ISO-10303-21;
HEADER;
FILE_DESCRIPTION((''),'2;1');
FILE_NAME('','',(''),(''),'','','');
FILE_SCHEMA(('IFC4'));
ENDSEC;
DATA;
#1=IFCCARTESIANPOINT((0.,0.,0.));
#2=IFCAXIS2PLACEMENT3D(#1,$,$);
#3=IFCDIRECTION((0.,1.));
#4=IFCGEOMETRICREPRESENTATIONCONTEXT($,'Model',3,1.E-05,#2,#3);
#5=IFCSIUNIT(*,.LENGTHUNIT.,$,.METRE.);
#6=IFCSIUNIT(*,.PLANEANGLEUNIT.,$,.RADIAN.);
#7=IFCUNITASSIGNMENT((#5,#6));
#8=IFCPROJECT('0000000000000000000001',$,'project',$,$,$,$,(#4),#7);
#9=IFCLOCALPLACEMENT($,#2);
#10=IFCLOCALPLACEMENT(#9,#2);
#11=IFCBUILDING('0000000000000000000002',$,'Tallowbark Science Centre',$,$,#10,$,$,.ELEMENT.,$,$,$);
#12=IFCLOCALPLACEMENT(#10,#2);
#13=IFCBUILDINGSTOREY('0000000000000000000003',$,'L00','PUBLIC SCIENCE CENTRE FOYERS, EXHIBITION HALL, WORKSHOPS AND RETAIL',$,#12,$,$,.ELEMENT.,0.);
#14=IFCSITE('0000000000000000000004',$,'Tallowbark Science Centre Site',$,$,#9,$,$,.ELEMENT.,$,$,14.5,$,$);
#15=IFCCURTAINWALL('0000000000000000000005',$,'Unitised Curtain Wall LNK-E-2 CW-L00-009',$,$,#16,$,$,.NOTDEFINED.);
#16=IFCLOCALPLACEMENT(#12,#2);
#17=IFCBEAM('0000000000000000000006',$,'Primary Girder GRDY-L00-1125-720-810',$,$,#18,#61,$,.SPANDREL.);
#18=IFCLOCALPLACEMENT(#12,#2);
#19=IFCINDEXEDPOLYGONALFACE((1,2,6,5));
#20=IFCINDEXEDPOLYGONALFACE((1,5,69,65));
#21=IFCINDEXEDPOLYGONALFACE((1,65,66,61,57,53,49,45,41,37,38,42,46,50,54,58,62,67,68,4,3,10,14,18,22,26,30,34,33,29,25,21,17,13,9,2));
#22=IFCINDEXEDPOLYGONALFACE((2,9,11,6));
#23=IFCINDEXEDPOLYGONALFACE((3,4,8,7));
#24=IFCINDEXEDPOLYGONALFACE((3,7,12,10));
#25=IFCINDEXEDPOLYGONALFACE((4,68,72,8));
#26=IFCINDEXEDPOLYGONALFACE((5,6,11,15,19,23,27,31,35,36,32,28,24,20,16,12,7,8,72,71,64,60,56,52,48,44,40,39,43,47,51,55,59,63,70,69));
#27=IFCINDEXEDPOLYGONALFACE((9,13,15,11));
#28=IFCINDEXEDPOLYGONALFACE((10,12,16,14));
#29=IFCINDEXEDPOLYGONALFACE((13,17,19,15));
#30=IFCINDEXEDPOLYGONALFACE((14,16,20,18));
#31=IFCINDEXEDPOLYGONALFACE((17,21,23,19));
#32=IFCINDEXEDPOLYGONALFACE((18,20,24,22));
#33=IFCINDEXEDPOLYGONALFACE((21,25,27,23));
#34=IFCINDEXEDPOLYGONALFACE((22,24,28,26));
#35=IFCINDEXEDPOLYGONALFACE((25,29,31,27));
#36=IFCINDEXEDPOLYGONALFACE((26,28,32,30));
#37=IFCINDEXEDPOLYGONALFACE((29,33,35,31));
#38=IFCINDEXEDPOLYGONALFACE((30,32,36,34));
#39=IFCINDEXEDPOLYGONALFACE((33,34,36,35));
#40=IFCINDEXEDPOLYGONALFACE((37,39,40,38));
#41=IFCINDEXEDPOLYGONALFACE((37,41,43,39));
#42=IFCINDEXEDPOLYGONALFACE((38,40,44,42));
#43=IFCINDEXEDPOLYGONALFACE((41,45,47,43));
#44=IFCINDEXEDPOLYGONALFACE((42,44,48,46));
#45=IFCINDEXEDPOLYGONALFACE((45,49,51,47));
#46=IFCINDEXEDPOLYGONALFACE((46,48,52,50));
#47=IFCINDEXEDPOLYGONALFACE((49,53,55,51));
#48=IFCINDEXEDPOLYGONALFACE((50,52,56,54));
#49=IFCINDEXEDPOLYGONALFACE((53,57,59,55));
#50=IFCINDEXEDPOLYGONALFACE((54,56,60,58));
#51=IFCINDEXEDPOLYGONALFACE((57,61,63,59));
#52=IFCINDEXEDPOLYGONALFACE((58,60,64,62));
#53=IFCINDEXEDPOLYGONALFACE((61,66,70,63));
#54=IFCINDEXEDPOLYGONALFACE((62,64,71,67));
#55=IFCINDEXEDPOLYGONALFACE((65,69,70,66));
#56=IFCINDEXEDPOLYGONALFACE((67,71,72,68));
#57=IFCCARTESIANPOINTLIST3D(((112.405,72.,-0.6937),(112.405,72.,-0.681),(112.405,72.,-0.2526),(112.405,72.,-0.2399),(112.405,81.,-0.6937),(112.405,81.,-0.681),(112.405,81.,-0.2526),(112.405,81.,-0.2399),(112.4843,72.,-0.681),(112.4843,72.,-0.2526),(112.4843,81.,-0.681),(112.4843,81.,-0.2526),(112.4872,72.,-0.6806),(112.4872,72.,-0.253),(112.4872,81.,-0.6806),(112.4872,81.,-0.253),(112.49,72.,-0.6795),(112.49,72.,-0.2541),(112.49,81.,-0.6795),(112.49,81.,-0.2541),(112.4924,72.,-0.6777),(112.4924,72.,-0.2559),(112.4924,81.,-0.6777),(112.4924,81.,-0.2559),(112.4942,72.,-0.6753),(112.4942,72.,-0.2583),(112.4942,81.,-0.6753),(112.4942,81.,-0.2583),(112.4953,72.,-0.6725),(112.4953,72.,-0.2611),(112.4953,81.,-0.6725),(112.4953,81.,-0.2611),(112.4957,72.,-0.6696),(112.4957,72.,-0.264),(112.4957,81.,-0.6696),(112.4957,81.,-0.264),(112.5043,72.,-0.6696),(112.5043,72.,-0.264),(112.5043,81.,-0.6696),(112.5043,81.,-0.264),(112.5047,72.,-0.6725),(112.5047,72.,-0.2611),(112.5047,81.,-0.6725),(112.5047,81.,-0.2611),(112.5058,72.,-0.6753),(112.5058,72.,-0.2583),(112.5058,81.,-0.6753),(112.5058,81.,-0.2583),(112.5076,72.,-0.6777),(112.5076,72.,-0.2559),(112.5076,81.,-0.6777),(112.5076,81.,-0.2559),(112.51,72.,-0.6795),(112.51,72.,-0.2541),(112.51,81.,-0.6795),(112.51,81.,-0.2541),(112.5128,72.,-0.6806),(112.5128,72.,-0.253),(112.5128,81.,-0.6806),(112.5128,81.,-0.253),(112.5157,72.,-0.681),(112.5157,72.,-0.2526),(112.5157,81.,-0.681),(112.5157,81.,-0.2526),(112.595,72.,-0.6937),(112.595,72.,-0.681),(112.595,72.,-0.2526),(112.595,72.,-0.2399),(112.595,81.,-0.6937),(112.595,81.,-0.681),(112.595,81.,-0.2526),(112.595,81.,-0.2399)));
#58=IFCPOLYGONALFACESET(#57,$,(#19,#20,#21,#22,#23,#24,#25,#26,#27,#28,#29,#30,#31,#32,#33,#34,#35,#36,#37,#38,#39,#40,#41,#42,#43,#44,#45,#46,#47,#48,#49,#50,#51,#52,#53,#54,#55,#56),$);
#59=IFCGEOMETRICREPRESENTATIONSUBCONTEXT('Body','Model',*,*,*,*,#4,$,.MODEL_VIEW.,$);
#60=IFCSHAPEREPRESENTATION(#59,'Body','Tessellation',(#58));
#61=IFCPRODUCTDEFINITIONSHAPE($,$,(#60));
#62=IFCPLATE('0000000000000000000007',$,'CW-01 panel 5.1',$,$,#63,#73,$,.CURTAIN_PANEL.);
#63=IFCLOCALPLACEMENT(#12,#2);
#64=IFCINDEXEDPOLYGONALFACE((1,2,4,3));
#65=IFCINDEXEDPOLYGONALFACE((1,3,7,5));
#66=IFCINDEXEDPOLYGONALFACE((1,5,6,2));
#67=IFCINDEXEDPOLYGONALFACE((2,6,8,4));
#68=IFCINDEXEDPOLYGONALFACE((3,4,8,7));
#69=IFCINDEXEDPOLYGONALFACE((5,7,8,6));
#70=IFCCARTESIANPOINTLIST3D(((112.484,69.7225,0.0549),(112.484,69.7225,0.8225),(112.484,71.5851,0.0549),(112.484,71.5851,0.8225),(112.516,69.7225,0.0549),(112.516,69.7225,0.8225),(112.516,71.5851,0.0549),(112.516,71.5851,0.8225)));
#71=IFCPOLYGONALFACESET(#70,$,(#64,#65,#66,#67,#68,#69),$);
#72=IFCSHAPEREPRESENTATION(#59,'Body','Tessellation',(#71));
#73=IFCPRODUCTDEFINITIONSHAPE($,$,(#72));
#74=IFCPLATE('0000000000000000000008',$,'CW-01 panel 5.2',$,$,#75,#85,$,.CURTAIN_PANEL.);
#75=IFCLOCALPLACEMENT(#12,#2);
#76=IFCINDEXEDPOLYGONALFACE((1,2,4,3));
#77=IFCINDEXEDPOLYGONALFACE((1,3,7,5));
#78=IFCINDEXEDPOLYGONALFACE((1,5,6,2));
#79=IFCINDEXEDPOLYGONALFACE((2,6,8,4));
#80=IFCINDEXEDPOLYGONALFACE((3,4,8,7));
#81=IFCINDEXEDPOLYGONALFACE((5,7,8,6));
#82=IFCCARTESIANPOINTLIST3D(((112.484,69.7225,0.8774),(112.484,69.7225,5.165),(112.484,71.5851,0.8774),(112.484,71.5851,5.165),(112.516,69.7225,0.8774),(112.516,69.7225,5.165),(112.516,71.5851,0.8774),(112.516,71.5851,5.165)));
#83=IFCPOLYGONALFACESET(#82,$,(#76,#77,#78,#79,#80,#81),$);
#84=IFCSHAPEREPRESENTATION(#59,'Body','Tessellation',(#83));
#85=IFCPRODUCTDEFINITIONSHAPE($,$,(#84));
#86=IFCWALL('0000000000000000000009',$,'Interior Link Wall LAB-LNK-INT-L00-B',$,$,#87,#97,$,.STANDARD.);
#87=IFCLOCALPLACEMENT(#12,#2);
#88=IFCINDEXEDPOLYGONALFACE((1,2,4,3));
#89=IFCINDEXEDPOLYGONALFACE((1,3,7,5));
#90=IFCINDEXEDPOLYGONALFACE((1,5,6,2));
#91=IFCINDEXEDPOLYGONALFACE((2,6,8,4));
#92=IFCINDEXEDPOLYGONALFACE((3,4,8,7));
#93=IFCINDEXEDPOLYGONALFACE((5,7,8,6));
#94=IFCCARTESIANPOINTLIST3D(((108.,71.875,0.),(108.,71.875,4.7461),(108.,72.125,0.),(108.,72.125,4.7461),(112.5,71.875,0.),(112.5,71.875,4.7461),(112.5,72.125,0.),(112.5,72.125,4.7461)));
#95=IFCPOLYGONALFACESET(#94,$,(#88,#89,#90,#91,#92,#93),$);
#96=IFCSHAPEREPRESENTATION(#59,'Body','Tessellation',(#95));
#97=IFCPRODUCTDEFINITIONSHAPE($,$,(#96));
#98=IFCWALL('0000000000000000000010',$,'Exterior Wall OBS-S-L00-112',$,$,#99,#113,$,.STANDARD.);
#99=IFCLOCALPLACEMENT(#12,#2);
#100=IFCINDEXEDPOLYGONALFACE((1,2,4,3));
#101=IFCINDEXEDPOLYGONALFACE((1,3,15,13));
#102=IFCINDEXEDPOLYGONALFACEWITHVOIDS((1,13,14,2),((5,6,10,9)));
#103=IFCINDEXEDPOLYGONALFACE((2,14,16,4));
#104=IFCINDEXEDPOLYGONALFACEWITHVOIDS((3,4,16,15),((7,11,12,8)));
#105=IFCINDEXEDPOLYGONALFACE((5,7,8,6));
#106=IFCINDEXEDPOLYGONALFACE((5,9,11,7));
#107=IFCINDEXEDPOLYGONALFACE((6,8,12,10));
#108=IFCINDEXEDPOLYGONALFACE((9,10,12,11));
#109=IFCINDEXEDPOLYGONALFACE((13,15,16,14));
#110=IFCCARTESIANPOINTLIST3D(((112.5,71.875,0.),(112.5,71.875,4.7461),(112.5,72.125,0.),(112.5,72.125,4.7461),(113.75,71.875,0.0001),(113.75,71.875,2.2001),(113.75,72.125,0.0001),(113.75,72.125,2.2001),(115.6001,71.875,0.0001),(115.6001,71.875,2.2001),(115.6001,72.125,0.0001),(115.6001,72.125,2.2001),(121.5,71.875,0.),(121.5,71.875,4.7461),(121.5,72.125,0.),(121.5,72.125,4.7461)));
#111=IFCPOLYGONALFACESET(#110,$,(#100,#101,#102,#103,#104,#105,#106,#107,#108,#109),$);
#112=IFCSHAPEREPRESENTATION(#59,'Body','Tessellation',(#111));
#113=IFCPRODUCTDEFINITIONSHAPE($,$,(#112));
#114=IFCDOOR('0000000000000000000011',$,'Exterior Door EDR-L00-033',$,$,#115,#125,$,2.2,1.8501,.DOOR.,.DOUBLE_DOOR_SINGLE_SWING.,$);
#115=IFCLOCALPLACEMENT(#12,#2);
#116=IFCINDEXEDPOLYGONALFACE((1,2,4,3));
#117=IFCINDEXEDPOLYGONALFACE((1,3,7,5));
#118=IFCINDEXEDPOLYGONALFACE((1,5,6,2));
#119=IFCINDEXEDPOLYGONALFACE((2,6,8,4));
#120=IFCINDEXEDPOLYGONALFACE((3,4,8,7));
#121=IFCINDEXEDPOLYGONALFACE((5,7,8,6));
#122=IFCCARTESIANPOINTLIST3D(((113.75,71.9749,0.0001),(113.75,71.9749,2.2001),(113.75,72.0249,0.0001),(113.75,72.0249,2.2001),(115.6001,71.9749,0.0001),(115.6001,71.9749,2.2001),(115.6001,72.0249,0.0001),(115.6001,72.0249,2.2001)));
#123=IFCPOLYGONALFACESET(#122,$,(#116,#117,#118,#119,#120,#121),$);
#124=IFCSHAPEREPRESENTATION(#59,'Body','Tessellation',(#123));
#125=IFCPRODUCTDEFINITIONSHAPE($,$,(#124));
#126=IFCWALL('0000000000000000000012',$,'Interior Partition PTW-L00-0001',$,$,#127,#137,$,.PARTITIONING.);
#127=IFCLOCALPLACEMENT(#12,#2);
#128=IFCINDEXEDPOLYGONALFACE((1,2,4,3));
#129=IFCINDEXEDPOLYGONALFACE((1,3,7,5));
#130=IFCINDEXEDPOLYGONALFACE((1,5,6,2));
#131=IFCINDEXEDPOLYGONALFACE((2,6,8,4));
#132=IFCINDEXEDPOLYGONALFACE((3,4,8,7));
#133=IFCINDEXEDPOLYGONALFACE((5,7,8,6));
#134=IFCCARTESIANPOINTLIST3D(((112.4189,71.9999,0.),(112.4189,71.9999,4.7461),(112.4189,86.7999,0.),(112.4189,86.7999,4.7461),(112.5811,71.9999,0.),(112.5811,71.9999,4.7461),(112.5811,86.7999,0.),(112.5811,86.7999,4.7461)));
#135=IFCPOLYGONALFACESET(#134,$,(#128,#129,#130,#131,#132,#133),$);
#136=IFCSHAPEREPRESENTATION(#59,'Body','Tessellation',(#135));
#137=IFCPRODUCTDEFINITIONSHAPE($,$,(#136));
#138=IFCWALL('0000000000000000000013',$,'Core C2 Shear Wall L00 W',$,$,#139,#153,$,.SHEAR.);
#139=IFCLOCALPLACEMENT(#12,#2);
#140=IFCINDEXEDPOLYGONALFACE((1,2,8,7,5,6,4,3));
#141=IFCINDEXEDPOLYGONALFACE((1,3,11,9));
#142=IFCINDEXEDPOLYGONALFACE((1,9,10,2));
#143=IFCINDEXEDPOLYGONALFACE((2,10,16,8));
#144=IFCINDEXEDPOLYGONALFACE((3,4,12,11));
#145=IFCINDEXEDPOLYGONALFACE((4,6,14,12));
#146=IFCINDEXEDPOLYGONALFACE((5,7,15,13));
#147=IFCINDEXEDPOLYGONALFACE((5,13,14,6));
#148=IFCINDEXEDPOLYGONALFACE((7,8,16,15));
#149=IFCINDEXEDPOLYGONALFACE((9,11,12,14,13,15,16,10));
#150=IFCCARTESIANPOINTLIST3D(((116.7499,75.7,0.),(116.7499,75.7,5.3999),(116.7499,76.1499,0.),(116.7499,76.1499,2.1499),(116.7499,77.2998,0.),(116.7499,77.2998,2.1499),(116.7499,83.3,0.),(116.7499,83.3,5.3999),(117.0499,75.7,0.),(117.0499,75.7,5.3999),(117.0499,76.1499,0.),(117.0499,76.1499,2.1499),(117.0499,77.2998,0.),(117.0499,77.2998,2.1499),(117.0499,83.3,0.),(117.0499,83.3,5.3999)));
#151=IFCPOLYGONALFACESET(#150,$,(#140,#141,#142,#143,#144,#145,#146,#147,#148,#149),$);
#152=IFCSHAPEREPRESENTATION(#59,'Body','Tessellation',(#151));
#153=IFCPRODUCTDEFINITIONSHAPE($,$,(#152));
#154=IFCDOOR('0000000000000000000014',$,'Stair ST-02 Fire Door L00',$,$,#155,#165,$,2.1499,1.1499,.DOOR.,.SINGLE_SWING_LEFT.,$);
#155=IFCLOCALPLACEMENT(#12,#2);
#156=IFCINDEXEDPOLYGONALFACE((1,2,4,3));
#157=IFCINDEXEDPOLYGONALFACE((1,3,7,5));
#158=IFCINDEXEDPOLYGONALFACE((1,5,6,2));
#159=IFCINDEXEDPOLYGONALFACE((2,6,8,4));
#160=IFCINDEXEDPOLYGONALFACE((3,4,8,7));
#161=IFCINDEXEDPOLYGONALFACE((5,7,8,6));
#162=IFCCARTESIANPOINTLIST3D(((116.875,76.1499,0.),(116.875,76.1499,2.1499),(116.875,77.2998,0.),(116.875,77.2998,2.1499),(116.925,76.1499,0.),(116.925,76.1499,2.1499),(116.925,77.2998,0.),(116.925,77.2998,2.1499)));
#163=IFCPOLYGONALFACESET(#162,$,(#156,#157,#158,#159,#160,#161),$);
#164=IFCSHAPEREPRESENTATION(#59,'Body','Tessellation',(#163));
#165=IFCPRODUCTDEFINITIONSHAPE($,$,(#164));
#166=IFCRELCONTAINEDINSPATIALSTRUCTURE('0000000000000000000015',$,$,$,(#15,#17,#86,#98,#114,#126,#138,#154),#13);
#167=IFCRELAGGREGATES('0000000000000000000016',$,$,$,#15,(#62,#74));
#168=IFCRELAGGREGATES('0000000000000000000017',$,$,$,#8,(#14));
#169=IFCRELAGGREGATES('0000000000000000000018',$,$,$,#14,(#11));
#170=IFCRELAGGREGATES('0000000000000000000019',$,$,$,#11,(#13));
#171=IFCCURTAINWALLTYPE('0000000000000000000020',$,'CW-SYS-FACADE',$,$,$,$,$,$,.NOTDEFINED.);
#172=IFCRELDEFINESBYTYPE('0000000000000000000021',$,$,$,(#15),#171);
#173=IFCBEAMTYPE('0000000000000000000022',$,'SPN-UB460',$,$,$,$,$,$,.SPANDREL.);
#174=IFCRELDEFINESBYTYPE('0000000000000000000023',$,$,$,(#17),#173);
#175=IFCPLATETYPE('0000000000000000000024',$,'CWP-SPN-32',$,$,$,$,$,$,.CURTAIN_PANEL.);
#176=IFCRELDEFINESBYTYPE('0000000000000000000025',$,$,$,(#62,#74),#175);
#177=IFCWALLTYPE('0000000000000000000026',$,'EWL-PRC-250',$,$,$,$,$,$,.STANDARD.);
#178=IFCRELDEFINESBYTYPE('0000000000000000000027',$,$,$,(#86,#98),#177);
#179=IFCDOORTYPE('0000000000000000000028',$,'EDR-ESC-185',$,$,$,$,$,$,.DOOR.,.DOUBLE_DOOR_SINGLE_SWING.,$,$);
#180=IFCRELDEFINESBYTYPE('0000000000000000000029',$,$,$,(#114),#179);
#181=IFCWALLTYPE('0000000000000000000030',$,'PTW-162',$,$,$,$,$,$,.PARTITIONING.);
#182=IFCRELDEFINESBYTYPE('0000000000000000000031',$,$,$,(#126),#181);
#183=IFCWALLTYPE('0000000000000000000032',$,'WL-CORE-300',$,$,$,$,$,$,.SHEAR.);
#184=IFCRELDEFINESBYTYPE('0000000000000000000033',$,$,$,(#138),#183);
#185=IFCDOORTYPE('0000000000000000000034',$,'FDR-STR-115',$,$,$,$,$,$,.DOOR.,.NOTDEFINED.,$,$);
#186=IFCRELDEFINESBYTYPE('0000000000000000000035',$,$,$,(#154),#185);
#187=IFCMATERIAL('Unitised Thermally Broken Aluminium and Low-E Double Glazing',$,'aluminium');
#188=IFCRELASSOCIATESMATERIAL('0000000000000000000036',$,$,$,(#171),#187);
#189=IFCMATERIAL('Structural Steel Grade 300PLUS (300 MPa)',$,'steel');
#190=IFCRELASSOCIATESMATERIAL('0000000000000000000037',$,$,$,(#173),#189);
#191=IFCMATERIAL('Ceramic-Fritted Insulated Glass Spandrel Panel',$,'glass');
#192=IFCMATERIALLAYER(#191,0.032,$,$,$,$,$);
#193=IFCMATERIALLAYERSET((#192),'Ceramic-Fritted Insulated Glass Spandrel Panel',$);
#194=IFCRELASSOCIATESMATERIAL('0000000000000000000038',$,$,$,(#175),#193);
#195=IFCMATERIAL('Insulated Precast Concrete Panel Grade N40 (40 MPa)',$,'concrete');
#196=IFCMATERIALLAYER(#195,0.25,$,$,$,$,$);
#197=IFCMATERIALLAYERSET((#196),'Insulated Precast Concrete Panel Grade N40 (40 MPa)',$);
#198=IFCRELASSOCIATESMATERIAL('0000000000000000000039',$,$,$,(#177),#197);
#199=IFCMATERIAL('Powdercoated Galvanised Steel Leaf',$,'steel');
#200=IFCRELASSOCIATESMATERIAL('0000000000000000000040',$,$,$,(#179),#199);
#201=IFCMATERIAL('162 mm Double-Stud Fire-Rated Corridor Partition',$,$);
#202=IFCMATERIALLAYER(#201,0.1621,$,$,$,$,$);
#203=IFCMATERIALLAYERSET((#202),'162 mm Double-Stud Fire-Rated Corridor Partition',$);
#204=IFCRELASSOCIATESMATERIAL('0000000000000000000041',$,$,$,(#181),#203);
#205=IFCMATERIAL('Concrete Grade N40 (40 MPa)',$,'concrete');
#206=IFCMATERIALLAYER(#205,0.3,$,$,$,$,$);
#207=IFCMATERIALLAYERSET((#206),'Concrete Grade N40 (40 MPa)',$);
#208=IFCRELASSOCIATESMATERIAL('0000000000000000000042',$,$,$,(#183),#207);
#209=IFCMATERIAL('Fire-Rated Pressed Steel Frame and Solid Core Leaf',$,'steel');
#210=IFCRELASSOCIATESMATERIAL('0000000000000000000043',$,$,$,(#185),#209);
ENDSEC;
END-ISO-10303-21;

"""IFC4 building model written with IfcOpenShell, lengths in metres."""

from ifc_helpers import new_model, si_unit, direction, frame, frame_2d, origin, origin_2d, place, context, subcontext, project, spatial, rectangle, i_section, extrude, material, layer, layer_set, material_profile, profile_set, type_object, element, fill, aggregate, save


model = new_model("IFC4")

# Units and contexts
model_context = context("Model", 3, precision=1e-05, world=origin(), true_north=direction((0.0, 1.0)))
body_context = subcontext(model_context, "Body", "Model", "MODEL_VIEW")
ifc_project = project(units=[si_unit("LENGTHUNIT", "METRE"), si_unit("PLANEANGLEUNIT", "RADIAN")], contexts=[model_context])

# Site, building, storey
site_placement = place(None, origin())
site = spatial("IfcSite", under=ifc_project, at=site_placement, Name="Tallowbark Science Centre Site", CompositionType="ELEMENT", RefElevation=14.5)
building_placement = place(site_placement, origin())
building = spatial("IfcBuilding", under=site, at=building_placement, Name="Tallowbark Science Centre", CompositionType="ELEMENT")
storey_placement = place(building_placement, origin())
storey = spatial("IfcBuildingStorey", under=building, at=storey_placement, Name="L00", Description="PUBLIC SCIENCE CENTRE FOYERS, EXHIBITION HALL, WORKSHOPS AND RETAIL", CompositionType="ELEMENT", Elevation=0.0)

# Shared definitions
ifc_material_1 = material(Name="Structural Steel Grade 300PLUS (300 MPa)", Category="steel")

# Curtain wall
ifc_material_2 = material(Name="Unitised Thermally Broken Aluminium and Low-E Double Glazing", Category="aluminium")
curtain_wall_type = type_object("IfcCurtainWallType", Name="CW-SYS-FACADE", PredefinedType="NOTDEFINED", material=ifc_material_2)
curtain_wall_placement = place(storey_placement, origin())
curtain_wall = element("IfcCurtainWall", 1, at=curtain_wall_placement, inside=storey, type_object=curtain_wall_type, Name="Unitised Curtain Wall LNK-E-2 CW-L00-009", PredefinedType="NOTDEFINED")

# Beam
ifc_material_profile_1 = material_profile(ifc_material_1, i_section(OverallWidth=0.1899, OverallDepth=0.4539, WebThickness=0.0085, FlangeThickness=0.0127, FilletRadius=0.0115, at=origin_2d()), Name="460UB67.1")
ifc_profile_set_1 = profile_set([ifc_material_profile_1], Name="Structural Steel Grade 300PLUS (300 MPa)")
beam_type_1 = type_object("IfcBeamType", Name="SPN-UB460", PredefinedType="SPANDREL", material=ifc_profile_set_1)
for number, where, z_axis, x_axis, name in (
    (2, (112.5, 72.0, -0.4668), (0.0, 1.0, 0.0), (-1.0, 0.0, 0.0), "Primary Girder GRDY-L00-1125-720-810"),
):
    element("IfcBeam", number, at=place(storey_placement, frame(where, z_axis=z_axis, x_axis=x_axis)), inside=storey, type_object=beam_type_1, Name=name, PredefinedType="SPANDREL", context=body_context, shape_type="SweptSolid", body=[
        extrude(i_section(OverallWidth=0.1899, OverallDepth=0.4539, WebThickness=0.0085, FlangeThickness=0.0127, FilletRadius=0.0115, at=origin_2d()), origin(), (0.0, 0.0, 1.0), 9.0),
    ])

# Plates
ifc_material_3 = material(Name="Ceramic-Fritted Insulated Glass Spandrel Panel", Category="glass")
ifc_layer_1 = layer(ifc_material_3, 0.032)
ifc_layer_set_1 = layer_set([ifc_layer_1], Name="Ceramic-Fritted Insulated Glass Spandrel Panel")
plate_type = type_object("IfcPlateType", Name="CWP-SPN-32", PredefinedType="CURTAIN_PANEL", material=ifc_layer_set_1)
plate_1_placement = place(storey_placement, frame((112.5, 70.6538, 0.0549), z_axis=(0.0, 0.0, 1.0), x_axis=(0.0, 1.0, 0.0)))
plate_1 = element("IfcPlate", 3, at=plate_1_placement, type_object=plate_type, Name="CW-01 panel 5.1", PredefinedType="CURTAIN_PANEL", context=body_context, shape_type="SweptSolid", body=[
    extrude(rectangle(XDim=1.8625, YDim=0.032, at=origin_2d()), origin(), (0.0, 0.0, 1.0), 0.7676),
])
plate_2_placement = place(storey_placement, frame((112.5, 70.6538, 0.8774), z_axis=(0.0, 0.0, 1.0), x_axis=(0.0, 1.0, 0.0)))
plate_2 = element("IfcPlate", 4, at=plate_2_placement, type_object=plate_type, Name="CW-01 panel 5.2", PredefinedType="CURTAIN_PANEL", context=body_context, shape_type="SweptSolid", body=[
    extrude(rectangle(XDim=1.8625, YDim=0.032, at=origin_2d()), origin(), (0.0, 0.0, 1.0), 4.2876),
])
aggregate(curtain_wall, [plate_1, plate_2])

# Wall
ifc_material_4 = material(Name="Insulated Precast Concrete Panel Grade N40 (40 MPa)", Category="concrete")
ifc_layer_2 = layer(ifc_material_4, 0.25)
ifc_layer_set_2 = layer_set([ifc_layer_2], Name="Insulated Precast Concrete Panel Grade N40 (40 MPa)")
wall_type_1 = type_object("IfcWallType", Name="EWL-PRC-250", PredefinedType="STANDARD", material=ifc_layer_set_2)
wall_1_placement = place(storey_placement, frame((108.0, 72.0, 0.0), z_axis=(0.0, 0.0, 1.0), x_axis=(1.0, 0.0, 0.0)))
element("IfcWall", 5, at=wall_1_placement, inside=storey, type_object=wall_type_1, Name="Interior Link Wall LAB-LNK-INT-L00-B", PredefinedType="STANDARD", context=body_context, shape_type="SweptSolid", body=[
    extrude(rectangle(XDim=4.5, YDim=0.25, at=frame_2d((2.25, 0.0))), origin(), (0.0, 0.0, 1.0), 4.7461),
])

# Wall, opening, door
wall_2_placement = place(storey_placement, frame((112.5, 72.0, 0.0), z_axis=(0.0, 0.0, 1.0), x_axis=(1.0, 0.0, 0.0)))
wall_2 = element("IfcWall", 6, at=wall_2_placement, inside=storey, type_object=wall_type_1, Name="Exterior Wall OBS-S-L00-112", PredefinedType="STANDARD", context=body_context, shape_type="SweptSolid", body=[
    extrude(rectangle(XDim=9.0, YDim=0.25, at=frame_2d((4.5, 0.0))), origin(), (0.0, 0.0, 1.0), 4.7461),
])
opening_1_placement = place(wall_2_placement, frame((1.25, 0.0, 0.0)))
opening_1 = element("IfcOpeningElement", 7, at=opening_1_placement, cuts=wall_2, PredefinedType="OPENING", context=body_context, shape_type="SweptSolid", body=[
    extrude(rectangle(XDim=1.8501, YDim=2.2, at=frame_2d((0.925, 1.1001))), frame((0.0, 0.135, 0.0), z_axis=(0.0, -1.0, 0.0), x_axis=(1.0, 0.0, 0.0)), (0.0, 0.0, 1.0), 0.27),
])
ifc_material_5 = material(Name="Powdercoated Galvanised Steel Leaf", Category="steel")
door_type_1 = type_object("IfcDoorType", Name="EDR-ESC-185", OperationType="DOUBLE_DOOR_SINGLE_SWING", PredefinedType="DOOR", material=ifc_material_5)
door_1_placement = place(opening_1_placement, origin())
door_1 = element("IfcDoor", 8, at=door_1_placement, inside=storey, type_object=door_type_1, Name="Exterior Door EDR-L00-033", OperationType="DOUBLE_DOOR_SINGLE_SWING", OverallHeight=2.2, OverallWidth=1.8501, PredefinedType="DOOR", context=body_context, shape_type="SweptSolid", body=[
    extrude(rectangle(XDim=1.8501, YDim=2.2, at=frame_2d((0.925, 1.1001))), frame((0.0, 0.0249, 0.0), z_axis=(0.0, -1.0, 0.0), x_axis=(1.0, 0.0, 0.0)), (0.0, 0.0, 1.0), 0.05),
])
fill(opening_1, door_1)

# Wall
ifc_material_6 = material(Name="162 mm Double-Stud Fire-Rated Corridor Partition")
ifc_layer_3 = layer(ifc_material_6, 0.1621)
ifc_layer_set_3 = layer_set([ifc_layer_3], Name="162 mm Double-Stud Fire-Rated Corridor Partition")
wall_type_2 = type_object("IfcWallType", Name="PTW-162", PredefinedType="PARTITIONING", material=ifc_layer_set_3)
wall_3_placement = place(storey_placement, frame((112.5, 72.0, 0.0), z_axis=(0.0, 0.0, 1.0), x_axis=(0.0, 1.0, 0.0)))
element("IfcWall", 9, at=wall_3_placement, inside=storey, type_object=wall_type_2, Name="Interior Partition PTW-L00-0001", PredefinedType="PARTITIONING", context=body_context, shape_type="SweptSolid", body=[
    extrude(rectangle(XDim=14.8, YDim=0.1621, at=frame_2d((7.3999, 0.0))), origin(), (0.0, 0.0, 1.0), 4.7461),
])

# Wall, opening, door
ifc_material_7 = material(Name="Concrete Grade N40 (40 MPa)", Category="concrete")
ifc_layer_4 = layer(ifc_material_7, 0.3)
ifc_layer_set_4 = layer_set([ifc_layer_4], Name="Concrete Grade N40 (40 MPa)")
wall_type_3 = type_object("IfcWallType", Name="WL-CORE-300", PredefinedType="SHEAR", material=ifc_layer_set_4)
wall_4_placement = place(storey_placement, frame((116.8999, 75.7, 0.0), z_axis=(0.0, 0.0, 1.0), x_axis=(0.0, 1.0, 0.0)))
wall_4 = element("IfcWall", 10, at=wall_4_placement, inside=storey, type_object=wall_type_3, Name="Core C2 Shear Wall L00 W", PredefinedType="SHEAR", context=body_context, shape_type="SweptSolid", body=[
    extrude(rectangle(XDim=7.6001, YDim=0.3, at=frame_2d((3.8, 0.0))), origin(), (0.0, 0.0, 1.0), 5.3999),
])
opening_2_placement = place(wall_4_placement, frame((0.45, 0.0, 0.0)))
opening_2 = element("IfcOpeningElement", 11, at=opening_2_placement, cuts=wall_4, PredefinedType="OPENING", context=body_context, shape_type="SweptSolid", body=[
    extrude(rectangle(XDim=1.1499, YDim=2.1499, at=frame_2d((0.575, 1.075))), frame((0.0, 0.1602, 0.0), z_axis=(0.0, -1.0, 0.0), x_axis=(1.0, 0.0, 0.0)), (0.0, 0.0, 1.0), 0.3201),
])
ifc_material_8 = material(Name="Fire-Rated Pressed Steel Frame and Solid Core Leaf", Category="steel")
door_type_2 = type_object("IfcDoorType", Name="FDR-STR-115", OperationType="NOTDEFINED", PredefinedType="DOOR", material=ifc_material_8)
door_2_placement = place(opening_2_placement, origin())
door_2 = element("IfcDoor", 12, at=door_2_placement, inside=storey, type_object=door_type_2, Name="Stair ST-02 Fire Door L00", OperationType="SINGLE_SWING_LEFT", OverallHeight=2.1499, OverallWidth=1.1499, PredefinedType="DOOR", context=body_context, shape_type="SweptSolid", body=[
    extrude(rectangle(XDim=1.1499, YDim=2.1499, at=frame_2d((0.575, 1.075))), frame((0.0, 0.0249, 0.0), z_axis=(0.0, -1.0, 0.0), x_axis=(1.0, 0.0, 0.0)), (0.0, 0.0, 1.0), 0.05),
])
fill(opening_2, door_2)

save(model, "model.ifc")
